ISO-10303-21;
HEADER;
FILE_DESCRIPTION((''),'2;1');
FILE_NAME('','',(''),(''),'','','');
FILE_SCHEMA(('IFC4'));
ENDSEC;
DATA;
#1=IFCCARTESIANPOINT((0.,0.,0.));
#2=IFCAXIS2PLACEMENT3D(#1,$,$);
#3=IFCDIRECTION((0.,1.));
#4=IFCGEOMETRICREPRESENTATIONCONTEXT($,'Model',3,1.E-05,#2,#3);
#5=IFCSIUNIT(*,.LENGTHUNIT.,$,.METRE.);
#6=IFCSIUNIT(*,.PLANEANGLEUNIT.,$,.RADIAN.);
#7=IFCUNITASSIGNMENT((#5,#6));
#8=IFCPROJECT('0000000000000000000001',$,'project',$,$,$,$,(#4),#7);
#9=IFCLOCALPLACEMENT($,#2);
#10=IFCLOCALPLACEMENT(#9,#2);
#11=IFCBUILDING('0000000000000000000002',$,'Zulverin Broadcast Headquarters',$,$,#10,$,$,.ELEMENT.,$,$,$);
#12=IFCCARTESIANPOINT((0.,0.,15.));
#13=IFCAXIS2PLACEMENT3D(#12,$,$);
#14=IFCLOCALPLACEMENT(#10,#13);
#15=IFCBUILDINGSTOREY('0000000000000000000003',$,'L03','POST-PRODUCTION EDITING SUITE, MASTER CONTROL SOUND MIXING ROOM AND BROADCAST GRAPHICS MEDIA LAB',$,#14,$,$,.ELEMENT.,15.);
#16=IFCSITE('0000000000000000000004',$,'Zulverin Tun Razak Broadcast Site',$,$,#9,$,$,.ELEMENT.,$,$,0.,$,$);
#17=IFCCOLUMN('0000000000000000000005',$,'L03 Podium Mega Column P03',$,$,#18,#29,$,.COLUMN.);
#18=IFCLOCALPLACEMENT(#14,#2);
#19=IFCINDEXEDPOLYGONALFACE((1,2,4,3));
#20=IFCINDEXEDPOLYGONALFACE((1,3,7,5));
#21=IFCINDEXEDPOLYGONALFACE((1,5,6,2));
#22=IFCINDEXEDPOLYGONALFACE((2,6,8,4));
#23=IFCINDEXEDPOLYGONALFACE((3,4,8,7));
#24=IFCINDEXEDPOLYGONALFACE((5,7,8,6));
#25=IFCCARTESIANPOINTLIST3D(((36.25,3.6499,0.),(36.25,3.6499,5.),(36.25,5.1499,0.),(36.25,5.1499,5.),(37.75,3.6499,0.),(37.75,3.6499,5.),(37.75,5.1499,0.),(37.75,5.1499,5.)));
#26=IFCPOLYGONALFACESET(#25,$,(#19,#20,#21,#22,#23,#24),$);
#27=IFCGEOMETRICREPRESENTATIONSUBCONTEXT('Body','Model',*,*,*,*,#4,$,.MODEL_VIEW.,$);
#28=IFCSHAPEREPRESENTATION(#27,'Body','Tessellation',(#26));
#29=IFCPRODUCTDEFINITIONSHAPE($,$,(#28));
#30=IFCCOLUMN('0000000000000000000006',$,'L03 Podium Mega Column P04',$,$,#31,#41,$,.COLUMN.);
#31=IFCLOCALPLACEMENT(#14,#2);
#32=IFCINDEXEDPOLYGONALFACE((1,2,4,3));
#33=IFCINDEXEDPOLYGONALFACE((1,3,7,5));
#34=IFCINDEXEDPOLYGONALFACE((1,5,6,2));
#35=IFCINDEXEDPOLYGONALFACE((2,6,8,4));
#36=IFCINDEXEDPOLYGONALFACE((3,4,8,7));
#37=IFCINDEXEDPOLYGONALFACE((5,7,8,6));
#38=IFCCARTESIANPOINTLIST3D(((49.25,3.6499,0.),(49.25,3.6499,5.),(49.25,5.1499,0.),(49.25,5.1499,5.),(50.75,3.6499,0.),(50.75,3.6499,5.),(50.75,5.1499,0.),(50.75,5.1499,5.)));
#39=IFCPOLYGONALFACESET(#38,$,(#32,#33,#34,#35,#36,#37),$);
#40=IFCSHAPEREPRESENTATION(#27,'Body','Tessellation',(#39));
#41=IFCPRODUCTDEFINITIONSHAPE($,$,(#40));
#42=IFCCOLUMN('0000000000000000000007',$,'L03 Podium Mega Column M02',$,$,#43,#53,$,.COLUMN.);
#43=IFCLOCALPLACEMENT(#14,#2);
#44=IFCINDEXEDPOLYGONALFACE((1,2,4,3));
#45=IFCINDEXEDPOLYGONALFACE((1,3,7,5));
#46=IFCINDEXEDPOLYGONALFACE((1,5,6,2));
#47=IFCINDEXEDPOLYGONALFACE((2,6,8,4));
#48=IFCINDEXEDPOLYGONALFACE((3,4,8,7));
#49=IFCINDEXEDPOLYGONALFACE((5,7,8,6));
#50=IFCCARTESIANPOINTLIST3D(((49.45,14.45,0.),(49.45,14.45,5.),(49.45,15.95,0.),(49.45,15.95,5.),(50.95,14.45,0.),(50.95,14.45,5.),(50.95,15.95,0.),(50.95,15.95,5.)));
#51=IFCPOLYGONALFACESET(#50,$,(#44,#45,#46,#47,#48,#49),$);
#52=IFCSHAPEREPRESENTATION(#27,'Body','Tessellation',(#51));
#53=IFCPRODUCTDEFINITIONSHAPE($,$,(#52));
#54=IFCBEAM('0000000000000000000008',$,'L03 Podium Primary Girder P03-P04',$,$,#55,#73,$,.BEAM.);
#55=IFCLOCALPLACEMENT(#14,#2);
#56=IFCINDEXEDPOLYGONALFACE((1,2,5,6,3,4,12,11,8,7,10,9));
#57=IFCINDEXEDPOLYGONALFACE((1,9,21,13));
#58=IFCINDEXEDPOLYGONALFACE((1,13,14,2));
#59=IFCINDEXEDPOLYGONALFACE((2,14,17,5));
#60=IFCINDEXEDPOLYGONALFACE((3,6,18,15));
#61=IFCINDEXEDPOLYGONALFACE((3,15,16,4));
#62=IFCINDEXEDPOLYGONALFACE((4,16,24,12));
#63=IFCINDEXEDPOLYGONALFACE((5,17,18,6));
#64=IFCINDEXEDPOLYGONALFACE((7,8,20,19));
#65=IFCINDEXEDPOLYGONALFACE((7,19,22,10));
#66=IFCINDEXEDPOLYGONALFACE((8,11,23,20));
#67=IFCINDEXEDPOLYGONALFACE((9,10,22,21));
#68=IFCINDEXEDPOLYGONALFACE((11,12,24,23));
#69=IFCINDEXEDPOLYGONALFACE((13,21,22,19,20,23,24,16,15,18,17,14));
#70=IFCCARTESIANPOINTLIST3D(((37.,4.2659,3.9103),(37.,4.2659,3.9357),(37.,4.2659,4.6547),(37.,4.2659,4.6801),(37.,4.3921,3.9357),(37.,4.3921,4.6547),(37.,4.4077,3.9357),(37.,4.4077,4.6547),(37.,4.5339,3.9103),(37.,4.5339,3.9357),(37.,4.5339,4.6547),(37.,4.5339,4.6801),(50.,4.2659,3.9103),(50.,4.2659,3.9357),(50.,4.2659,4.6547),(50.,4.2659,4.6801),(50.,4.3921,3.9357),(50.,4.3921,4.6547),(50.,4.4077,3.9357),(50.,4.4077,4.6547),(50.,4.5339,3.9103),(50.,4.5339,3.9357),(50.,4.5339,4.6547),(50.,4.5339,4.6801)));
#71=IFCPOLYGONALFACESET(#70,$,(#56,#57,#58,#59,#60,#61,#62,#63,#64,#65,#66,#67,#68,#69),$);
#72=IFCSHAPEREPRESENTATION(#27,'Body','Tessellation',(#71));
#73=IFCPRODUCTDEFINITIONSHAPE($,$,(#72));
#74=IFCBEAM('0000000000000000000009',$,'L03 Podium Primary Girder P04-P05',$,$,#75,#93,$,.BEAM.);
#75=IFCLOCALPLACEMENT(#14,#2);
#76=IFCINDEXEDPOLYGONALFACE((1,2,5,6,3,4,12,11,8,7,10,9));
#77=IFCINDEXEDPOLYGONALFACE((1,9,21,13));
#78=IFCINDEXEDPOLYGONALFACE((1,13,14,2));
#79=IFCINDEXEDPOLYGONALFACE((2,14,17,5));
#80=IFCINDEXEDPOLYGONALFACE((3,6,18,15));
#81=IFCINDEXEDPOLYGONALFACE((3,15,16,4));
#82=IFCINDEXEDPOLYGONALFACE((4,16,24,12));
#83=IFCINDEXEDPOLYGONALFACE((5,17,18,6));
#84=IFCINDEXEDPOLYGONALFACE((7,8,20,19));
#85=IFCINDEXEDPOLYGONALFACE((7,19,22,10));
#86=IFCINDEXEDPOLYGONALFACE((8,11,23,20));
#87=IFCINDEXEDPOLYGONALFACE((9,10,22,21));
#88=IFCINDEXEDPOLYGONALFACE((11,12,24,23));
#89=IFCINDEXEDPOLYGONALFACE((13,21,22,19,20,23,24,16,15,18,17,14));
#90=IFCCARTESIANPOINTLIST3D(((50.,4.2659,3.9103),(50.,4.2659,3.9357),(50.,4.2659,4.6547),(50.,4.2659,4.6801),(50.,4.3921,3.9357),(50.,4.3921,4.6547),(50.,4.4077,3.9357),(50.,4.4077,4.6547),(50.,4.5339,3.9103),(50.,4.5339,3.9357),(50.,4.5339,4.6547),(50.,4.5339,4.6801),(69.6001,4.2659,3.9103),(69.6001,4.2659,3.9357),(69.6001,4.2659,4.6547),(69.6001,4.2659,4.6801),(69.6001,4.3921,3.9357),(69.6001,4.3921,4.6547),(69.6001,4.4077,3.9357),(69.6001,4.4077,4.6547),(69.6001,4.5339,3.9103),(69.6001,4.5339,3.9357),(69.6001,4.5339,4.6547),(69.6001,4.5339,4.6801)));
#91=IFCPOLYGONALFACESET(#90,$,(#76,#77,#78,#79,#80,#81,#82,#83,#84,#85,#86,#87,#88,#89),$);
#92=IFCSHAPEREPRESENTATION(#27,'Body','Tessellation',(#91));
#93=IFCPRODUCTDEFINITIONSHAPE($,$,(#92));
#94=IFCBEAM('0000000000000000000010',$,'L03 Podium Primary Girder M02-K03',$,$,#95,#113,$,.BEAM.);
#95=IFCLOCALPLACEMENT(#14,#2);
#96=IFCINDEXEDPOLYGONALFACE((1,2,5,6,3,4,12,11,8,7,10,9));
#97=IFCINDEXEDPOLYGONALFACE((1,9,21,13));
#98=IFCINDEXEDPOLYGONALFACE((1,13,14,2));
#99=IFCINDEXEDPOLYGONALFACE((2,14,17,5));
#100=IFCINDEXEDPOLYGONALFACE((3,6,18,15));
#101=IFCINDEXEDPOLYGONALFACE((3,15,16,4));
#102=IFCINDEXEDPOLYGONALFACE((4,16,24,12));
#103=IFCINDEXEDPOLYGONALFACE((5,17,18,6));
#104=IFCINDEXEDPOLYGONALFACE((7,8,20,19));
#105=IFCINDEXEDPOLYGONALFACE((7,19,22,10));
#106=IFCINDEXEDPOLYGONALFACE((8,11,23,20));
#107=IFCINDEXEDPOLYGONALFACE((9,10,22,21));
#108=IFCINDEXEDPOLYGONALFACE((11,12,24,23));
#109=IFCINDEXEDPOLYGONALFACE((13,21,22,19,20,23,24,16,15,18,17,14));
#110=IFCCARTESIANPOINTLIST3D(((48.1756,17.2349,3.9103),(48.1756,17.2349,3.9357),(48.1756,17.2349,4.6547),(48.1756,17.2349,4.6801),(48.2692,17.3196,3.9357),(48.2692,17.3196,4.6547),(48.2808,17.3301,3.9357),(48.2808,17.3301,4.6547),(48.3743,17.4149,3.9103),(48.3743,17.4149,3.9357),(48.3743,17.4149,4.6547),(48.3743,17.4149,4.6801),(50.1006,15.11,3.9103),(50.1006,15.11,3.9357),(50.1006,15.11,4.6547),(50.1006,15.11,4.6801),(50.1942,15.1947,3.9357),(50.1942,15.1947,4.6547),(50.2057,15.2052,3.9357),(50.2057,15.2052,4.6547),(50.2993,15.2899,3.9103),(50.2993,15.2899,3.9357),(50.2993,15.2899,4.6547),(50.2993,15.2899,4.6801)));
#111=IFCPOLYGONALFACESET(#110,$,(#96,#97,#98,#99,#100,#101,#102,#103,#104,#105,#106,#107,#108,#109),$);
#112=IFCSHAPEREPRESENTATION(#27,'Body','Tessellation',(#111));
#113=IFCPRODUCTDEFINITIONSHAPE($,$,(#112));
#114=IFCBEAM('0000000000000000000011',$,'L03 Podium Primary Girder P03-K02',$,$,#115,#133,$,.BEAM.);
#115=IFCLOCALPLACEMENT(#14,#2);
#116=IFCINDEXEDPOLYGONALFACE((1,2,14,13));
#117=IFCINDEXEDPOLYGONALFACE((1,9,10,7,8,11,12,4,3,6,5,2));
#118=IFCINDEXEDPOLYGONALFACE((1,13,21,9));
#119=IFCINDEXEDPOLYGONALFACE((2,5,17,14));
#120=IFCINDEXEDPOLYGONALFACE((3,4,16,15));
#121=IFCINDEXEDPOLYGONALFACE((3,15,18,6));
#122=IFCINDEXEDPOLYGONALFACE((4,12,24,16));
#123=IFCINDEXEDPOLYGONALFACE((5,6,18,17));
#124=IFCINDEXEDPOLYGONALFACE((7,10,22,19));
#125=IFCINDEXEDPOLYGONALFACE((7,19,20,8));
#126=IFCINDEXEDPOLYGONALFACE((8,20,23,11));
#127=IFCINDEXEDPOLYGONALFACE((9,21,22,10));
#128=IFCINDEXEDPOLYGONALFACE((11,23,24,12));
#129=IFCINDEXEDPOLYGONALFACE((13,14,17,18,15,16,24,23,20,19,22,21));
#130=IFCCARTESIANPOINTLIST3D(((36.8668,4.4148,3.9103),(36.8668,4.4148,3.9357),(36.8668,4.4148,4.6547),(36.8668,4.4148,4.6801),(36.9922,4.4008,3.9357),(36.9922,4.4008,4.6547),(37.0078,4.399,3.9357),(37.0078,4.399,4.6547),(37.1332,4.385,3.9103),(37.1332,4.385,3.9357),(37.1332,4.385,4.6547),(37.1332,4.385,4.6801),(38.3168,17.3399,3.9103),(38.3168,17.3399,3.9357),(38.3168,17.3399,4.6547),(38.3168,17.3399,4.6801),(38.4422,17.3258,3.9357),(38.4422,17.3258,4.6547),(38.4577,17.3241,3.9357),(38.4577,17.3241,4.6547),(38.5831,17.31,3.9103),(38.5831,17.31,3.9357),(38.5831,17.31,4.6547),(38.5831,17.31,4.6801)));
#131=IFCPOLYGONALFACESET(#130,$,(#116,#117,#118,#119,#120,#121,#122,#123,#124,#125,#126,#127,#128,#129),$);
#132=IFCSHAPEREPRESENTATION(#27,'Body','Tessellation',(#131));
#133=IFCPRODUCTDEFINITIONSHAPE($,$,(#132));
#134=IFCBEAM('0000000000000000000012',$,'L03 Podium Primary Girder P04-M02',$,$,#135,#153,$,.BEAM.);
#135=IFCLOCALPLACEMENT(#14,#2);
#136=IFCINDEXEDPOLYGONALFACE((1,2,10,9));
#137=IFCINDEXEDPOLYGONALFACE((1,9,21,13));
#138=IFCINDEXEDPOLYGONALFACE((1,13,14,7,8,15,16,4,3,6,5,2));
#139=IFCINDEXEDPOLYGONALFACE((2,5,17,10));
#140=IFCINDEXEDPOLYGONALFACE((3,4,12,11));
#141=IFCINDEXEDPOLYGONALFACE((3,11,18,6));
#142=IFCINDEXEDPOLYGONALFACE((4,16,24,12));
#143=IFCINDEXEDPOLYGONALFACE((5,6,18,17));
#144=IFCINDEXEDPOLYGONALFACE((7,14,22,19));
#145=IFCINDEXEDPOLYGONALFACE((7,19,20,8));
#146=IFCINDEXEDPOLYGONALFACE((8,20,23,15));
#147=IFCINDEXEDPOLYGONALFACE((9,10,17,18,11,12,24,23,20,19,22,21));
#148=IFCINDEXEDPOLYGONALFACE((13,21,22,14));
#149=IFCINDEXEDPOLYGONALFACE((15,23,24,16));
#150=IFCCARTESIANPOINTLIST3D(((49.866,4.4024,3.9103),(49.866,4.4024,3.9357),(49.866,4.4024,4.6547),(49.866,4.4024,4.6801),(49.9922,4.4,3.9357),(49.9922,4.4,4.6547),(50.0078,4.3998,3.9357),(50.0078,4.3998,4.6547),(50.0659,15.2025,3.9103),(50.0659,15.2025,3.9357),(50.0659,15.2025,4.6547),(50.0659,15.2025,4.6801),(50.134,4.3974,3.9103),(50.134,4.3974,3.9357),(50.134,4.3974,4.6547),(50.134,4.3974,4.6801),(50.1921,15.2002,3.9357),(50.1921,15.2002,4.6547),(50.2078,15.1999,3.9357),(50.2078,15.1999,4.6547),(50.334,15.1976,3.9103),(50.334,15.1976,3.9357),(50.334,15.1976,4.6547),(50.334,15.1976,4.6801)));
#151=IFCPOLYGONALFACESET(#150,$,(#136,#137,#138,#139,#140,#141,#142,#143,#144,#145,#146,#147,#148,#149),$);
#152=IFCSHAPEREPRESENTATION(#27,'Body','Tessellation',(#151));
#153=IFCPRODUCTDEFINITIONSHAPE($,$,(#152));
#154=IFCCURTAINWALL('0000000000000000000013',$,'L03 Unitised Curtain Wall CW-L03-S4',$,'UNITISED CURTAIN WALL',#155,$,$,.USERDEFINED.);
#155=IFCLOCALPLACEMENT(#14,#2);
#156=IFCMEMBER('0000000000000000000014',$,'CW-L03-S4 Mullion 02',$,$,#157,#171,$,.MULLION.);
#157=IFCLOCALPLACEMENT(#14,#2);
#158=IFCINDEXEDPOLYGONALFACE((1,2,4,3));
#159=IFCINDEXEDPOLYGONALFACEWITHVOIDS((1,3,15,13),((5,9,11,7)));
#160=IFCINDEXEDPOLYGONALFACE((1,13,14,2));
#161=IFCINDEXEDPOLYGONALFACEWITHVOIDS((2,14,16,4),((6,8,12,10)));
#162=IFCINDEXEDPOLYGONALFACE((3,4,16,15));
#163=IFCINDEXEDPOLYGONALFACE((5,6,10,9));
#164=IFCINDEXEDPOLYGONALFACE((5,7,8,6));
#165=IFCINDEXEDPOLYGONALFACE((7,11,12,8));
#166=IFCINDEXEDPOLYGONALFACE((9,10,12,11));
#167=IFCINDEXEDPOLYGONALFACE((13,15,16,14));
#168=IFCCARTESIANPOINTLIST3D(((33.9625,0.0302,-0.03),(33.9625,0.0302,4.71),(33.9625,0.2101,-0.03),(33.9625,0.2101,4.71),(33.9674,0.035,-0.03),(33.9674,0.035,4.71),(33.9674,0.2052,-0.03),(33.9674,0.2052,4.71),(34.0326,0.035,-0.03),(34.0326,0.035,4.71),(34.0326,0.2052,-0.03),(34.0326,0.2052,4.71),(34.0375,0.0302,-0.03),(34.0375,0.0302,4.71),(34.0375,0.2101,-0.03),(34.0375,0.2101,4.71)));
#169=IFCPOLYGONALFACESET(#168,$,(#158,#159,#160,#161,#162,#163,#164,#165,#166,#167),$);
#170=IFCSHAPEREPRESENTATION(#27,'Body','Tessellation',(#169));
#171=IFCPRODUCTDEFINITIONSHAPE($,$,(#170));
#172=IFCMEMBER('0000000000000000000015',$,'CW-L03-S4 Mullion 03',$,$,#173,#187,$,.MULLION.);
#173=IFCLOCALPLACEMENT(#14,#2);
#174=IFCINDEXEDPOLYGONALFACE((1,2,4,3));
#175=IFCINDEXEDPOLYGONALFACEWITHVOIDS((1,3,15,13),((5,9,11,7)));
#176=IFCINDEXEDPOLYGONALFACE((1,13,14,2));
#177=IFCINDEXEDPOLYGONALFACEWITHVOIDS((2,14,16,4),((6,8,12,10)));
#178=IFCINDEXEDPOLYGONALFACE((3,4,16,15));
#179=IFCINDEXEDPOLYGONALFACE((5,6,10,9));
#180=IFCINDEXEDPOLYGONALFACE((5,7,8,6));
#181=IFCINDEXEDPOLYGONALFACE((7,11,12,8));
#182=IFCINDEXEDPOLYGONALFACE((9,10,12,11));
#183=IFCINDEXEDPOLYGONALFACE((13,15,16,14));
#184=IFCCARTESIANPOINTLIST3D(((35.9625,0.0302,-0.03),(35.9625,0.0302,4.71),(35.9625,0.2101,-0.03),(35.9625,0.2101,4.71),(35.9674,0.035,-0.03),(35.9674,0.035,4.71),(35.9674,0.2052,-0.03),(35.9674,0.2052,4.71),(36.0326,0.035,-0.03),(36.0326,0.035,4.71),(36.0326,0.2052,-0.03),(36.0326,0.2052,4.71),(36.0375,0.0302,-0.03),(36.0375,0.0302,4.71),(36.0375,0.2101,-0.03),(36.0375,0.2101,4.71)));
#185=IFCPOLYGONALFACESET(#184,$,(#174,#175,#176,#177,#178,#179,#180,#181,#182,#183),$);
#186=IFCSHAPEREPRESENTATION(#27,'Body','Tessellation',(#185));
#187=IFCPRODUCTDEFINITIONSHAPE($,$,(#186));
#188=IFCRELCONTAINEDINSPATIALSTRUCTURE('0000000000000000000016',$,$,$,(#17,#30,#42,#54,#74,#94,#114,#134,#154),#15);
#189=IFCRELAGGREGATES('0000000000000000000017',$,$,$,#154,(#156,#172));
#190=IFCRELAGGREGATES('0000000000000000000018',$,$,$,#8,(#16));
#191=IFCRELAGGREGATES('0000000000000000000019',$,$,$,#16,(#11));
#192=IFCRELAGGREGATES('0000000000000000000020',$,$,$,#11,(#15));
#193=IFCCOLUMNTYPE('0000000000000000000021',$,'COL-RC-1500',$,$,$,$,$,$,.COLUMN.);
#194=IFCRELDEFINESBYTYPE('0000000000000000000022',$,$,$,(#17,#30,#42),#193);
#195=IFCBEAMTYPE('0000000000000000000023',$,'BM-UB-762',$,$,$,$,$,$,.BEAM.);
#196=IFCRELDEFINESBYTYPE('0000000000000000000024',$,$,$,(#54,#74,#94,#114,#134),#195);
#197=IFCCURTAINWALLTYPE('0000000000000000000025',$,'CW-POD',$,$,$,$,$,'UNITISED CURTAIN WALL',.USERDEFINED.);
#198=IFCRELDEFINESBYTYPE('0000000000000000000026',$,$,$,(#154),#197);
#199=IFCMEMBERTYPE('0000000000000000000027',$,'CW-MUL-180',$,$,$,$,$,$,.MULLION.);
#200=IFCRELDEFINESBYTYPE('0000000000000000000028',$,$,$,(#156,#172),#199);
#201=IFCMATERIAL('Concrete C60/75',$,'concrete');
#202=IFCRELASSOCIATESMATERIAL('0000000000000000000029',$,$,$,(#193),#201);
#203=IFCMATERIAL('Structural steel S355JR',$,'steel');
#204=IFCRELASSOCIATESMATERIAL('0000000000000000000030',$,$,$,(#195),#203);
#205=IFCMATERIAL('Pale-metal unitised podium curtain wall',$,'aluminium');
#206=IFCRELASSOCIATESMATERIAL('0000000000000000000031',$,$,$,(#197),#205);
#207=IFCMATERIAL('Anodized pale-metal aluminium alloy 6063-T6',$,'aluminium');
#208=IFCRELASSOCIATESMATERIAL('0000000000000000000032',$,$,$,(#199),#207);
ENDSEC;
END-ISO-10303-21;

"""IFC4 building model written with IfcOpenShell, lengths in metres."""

from ifc_helpers import new_model, si_unit, direction, frame, origin, origin_2d, place, context, subcontext, project, spatial, rectangle, hollow_rectangle, i_section, extrude, material, material_profile, profile_set, type_object, element, aggregate, save


model = new_model("IFC4")

# Units and contexts
model_context = context("Model", 3, precision=1e-05, world=origin(), true_north=direction((0.0, 1.0)))
body_context = subcontext(model_context, "Body", "Model", "MODEL_VIEW")
ifc_project = project(units=[si_unit("LENGTHUNIT", "METRE"), si_unit("PLANEANGLEUNIT", "RADIAN")], contexts=[model_context])

# Site, building, storey
site_placement = place(None, origin())
site = spatial("IfcSite", under=ifc_project, at=site_placement, Name="Zulverin Tun Razak Broadcast Site", CompositionType="ELEMENT", RefElevation=0.0)
building_placement = place(site_placement, origin())
building = spatial("IfcBuilding", under=site, at=building_placement, Name="Zulverin Broadcast Headquarters", CompositionType="ELEMENT")
storey_placement = place(building_placement, frame((0.0, 0.0, 15.0)))
storey = spatial("IfcBuildingStorey", under=building, at=storey_placement, Name="L03", Description="POST-PRODUCTION EDITING SUITE, MASTER CONTROL SOUND MIXING ROOM AND BROADCAST GRAPHICS MEDIA LAB", CompositionType="ELEMENT", Elevation=15.0)

# Columns
ifc_material_1 = material(Name="Concrete C60/75", Category="concrete")
ifc_material_profile_1 = material_profile(ifc_material_1, rectangle(XDim=1.5, YDim=1.5, at=origin_2d()), Name="Concrete C60/75", Category="concrete")
ifc_profile_set_1 = profile_set([ifc_material_profile_1], Name="Concrete C60/75")
column_type = type_object("IfcColumnType", Name="COL-RC-1500", PredefinedType="COLUMN", material=ifc_profile_set_1)
for number, where, z_axis, x_axis, name in (
    (1, (37.0, 4.3999, 0.0), (0.0, 0.0, 1.0), (1.0, 0.0, 0.0), "L03 Podium Mega Column P03"),
    (2, (50.0, 4.3999, 0.0), (0.0, 0.0, 1.0), (1.0, 0.0, 0.0), "L03 Podium Mega Column P04"),
    (3, (50.2, 15.2, 0.0), (0.0, 0.0, 1.0), (1.0, 0.0, 0.0), "L03 Podium Mega Column M02"),
):
    element("IfcColumn", number, at=place(storey_placement, frame(where, z_axis=z_axis, x_axis=x_axis)), inside=storey, type_object=column_type, Name=name, PredefinedType="COLUMN", context=body_context, shape_type="SweptSolid", body=[
        extrude(rectangle(XDim=1.5, YDim=1.5, at=origin_2d()), origin(), (0.0, 0.0, 1.0), 5.0),
    ])

# Beams
ifc_material_2 = material(Name="Structural steel S355JR", Category="steel")
ifc_material_profile_2 = material_profile(ifc_material_2, i_section(OverallWidth=0.2681, OverallDepth=0.7698, WebThickness=0.0156, FlangeThickness=0.0254, at=origin_2d()), Name="Structural steel S355JR", Category="steel")
ifc_profile_set_2 = profile_set([ifc_material_profile_2], Name="Structural steel S355JR")
beam_type = type_object("IfcBeamType", Name="BM-UB-762", PredefinedType="BEAM", material=ifc_profile_set_2)
beam_1_placement = place(storey_placement, frame((37.0, 4.3999, 4.2952), z_axis=(1.0, 0.0, 0.0), x_axis=(0.0, 1.0, 0.0)))
element("IfcBeam", 4, at=beam_1_placement, inside=storey, type_object=beam_type, Name="L03 Podium Primary Girder P03-P04", PredefinedType="BEAM", context=body_context, shape_type="SweptSolid", body=[
    extrude(i_section(OverallWidth=0.2681, OverallDepth=0.7698, WebThickness=0.0156, FlangeThickness=0.0254, at=origin_2d()), origin(), (0.0, 0.0, 1.0), 13.0),
])
beam_2_placement = place(storey_placement, frame((50.0, 4.3999, 4.2952), z_axis=(1.0, 0.0, 0.0), x_axis=(0.0, 1.0, 0.0)))
element("IfcBeam", 5, at=beam_2_placement, inside=storey, type_object=beam_type, Name="L03 Podium Primary Girder P04-P05", PredefinedType="BEAM", context=body_context, shape_type="SweptSolid", body=[
    extrude(i_section(OverallWidth=0.2681, OverallDepth=0.7698, WebThickness=0.0156, FlangeThickness=0.0254, at=origin_2d()), origin(), (0.0, 0.0, 1.0), 19.6001),
])
beam_3_placement = place(storey_placement, frame((50.2, 15.2, 4.2952), z_axis=(-0.671379, 0.741114, 0.0), x_axis=(-0.741114, -0.671379, 0.0)))
element("IfcBeam", 6, at=beam_3_placement, inside=storey, type_object=beam_type, Name="L03 Podium Primary Girder M02-K03", PredefinedType="BEAM", context=body_context, shape_type="SweptSolid", body=[
    extrude(i_section(OverallWidth=0.2681, OverallDepth=0.7698, WebThickness=0.0156, FlangeThickness=0.0254, at=origin_2d()), origin(), (0.0, 0.0, 1.0), 2.8672),
])
beam_4_placement = place(storey_placement, frame((37.0, 4.3999, 4.2952), z_axis=(0.111482, 0.993766, 0.0), x_axis=(-0.993766, 0.111482, 0.0)))
element("IfcBeam", 7, at=beam_4_placement, inside=storey, type_object=beam_type, Name="L03 Podium Primary Girder P03-K02", PredefinedType="BEAM", context=body_context, shape_type="SweptSolid", body=[
    extrude(i_section(OverallWidth=0.2681, OverallDepth=0.7698, WebThickness=0.0156, FlangeThickness=0.0254, at=origin_2d()), origin(), (0.0, 0.0, 1.0), 13.0061),
])
beam_5_placement = place(storey_placement, frame((50.0, 4.3999, 4.2952), z_axis=(0.018511, 0.999829, 0.0), x_axis=(-0.999829, 0.018511, 0.0)))
element("IfcBeam", 8, at=beam_5_placement, inside=storey, type_object=beam_type, Name="L03 Podium Primary Girder P04-M02", PredefinedType="BEAM", context=body_context, shape_type="SweptSolid", body=[
    extrude(i_section(OverallWidth=0.2681, OverallDepth=0.7698, WebThickness=0.0156, FlangeThickness=0.0254, at=origin_2d()), origin(), (0.0, 0.0, 1.0), 10.802),
])

# Curtain wall, members
ifc_material_3 = material(Name="Pale-metal unitised podium curtain wall", Category="aluminium")
curtain_wall_type = type_object("IfcCurtainWallType", Name="CW-POD", ElementType="UNITISED CURTAIN WALL", PredefinedType="USERDEFINED", material=ifc_material_3)
curtain_wall_placement = place(storey_placement, origin())
curtain_wall = element("IfcCurtainWall", 9, at=curtain_wall_placement, inside=storey, type_object=curtain_wall_type, Name="L03 Unitised Curtain Wall CW-L03-S4", ObjectType="UNITISED CURTAIN WALL", PredefinedType="USERDEFINED")
ifc_material_4 = material(Name="Anodized pale-metal aluminium alloy 6063-T6", Category="aluminium")
ifc_material_profile_3 = material_profile(ifc_material_4, hollow_rectangle(XDim=0.075, YDim=0.1799, WallThickness=0.0049, at=origin_2d()), Name="Anodized pale-metal aluminium alloy 6063-T6", Category="aluminium")
ifc_profile_set_3 = profile_set([ifc_material_profile_3], Name="Anodized pale-metal aluminium alloy 6063-T6")
member_type = type_object("IfcMemberType", Name="CW-MUL-180", PredefinedType="MULLION", material=ifc_profile_set_3)
member_1_placement = place(storey_placement, frame((34.0, 0.1201, -0.03), z_axis=(0.0, 0.0, 1.0), x_axis=(1.0, 0.0, 0.0)))
member_1 = element("IfcMember", 10, at=member_1_placement, type_object=member_type, Name="CW-L03-S4 Mullion 02", PredefinedType="MULLION", context=body_context, shape_type="SweptSolid", body=[
    extrude(hollow_rectangle(XDim=0.075, YDim=0.1799, WallThickness=0.0049, at=origin_2d()), origin(), (0.0, 0.0, 1.0), 4.74),
])
member_2_placement = place(storey_placement, frame((36.0, 0.1201, -0.03), z_axis=(0.0, 0.0, 1.0), x_axis=(1.0, 0.0, 0.0)))
member_2 = element("IfcMember", 11, at=member_2_placement, type_object=member_type, Name="CW-L03-S4 Mullion 03", PredefinedType="MULLION", context=body_context, shape_type="SweptSolid", body=[
    extrude(hollow_rectangle(XDim=0.075, YDim=0.1799, WallThickness=0.0049, at=origin_2d()), origin(), (0.0, 0.0, 1.0), 4.74),
])
aggregate(curtain_wall, [member_1, member_2])

save(model, "model.ifc")
